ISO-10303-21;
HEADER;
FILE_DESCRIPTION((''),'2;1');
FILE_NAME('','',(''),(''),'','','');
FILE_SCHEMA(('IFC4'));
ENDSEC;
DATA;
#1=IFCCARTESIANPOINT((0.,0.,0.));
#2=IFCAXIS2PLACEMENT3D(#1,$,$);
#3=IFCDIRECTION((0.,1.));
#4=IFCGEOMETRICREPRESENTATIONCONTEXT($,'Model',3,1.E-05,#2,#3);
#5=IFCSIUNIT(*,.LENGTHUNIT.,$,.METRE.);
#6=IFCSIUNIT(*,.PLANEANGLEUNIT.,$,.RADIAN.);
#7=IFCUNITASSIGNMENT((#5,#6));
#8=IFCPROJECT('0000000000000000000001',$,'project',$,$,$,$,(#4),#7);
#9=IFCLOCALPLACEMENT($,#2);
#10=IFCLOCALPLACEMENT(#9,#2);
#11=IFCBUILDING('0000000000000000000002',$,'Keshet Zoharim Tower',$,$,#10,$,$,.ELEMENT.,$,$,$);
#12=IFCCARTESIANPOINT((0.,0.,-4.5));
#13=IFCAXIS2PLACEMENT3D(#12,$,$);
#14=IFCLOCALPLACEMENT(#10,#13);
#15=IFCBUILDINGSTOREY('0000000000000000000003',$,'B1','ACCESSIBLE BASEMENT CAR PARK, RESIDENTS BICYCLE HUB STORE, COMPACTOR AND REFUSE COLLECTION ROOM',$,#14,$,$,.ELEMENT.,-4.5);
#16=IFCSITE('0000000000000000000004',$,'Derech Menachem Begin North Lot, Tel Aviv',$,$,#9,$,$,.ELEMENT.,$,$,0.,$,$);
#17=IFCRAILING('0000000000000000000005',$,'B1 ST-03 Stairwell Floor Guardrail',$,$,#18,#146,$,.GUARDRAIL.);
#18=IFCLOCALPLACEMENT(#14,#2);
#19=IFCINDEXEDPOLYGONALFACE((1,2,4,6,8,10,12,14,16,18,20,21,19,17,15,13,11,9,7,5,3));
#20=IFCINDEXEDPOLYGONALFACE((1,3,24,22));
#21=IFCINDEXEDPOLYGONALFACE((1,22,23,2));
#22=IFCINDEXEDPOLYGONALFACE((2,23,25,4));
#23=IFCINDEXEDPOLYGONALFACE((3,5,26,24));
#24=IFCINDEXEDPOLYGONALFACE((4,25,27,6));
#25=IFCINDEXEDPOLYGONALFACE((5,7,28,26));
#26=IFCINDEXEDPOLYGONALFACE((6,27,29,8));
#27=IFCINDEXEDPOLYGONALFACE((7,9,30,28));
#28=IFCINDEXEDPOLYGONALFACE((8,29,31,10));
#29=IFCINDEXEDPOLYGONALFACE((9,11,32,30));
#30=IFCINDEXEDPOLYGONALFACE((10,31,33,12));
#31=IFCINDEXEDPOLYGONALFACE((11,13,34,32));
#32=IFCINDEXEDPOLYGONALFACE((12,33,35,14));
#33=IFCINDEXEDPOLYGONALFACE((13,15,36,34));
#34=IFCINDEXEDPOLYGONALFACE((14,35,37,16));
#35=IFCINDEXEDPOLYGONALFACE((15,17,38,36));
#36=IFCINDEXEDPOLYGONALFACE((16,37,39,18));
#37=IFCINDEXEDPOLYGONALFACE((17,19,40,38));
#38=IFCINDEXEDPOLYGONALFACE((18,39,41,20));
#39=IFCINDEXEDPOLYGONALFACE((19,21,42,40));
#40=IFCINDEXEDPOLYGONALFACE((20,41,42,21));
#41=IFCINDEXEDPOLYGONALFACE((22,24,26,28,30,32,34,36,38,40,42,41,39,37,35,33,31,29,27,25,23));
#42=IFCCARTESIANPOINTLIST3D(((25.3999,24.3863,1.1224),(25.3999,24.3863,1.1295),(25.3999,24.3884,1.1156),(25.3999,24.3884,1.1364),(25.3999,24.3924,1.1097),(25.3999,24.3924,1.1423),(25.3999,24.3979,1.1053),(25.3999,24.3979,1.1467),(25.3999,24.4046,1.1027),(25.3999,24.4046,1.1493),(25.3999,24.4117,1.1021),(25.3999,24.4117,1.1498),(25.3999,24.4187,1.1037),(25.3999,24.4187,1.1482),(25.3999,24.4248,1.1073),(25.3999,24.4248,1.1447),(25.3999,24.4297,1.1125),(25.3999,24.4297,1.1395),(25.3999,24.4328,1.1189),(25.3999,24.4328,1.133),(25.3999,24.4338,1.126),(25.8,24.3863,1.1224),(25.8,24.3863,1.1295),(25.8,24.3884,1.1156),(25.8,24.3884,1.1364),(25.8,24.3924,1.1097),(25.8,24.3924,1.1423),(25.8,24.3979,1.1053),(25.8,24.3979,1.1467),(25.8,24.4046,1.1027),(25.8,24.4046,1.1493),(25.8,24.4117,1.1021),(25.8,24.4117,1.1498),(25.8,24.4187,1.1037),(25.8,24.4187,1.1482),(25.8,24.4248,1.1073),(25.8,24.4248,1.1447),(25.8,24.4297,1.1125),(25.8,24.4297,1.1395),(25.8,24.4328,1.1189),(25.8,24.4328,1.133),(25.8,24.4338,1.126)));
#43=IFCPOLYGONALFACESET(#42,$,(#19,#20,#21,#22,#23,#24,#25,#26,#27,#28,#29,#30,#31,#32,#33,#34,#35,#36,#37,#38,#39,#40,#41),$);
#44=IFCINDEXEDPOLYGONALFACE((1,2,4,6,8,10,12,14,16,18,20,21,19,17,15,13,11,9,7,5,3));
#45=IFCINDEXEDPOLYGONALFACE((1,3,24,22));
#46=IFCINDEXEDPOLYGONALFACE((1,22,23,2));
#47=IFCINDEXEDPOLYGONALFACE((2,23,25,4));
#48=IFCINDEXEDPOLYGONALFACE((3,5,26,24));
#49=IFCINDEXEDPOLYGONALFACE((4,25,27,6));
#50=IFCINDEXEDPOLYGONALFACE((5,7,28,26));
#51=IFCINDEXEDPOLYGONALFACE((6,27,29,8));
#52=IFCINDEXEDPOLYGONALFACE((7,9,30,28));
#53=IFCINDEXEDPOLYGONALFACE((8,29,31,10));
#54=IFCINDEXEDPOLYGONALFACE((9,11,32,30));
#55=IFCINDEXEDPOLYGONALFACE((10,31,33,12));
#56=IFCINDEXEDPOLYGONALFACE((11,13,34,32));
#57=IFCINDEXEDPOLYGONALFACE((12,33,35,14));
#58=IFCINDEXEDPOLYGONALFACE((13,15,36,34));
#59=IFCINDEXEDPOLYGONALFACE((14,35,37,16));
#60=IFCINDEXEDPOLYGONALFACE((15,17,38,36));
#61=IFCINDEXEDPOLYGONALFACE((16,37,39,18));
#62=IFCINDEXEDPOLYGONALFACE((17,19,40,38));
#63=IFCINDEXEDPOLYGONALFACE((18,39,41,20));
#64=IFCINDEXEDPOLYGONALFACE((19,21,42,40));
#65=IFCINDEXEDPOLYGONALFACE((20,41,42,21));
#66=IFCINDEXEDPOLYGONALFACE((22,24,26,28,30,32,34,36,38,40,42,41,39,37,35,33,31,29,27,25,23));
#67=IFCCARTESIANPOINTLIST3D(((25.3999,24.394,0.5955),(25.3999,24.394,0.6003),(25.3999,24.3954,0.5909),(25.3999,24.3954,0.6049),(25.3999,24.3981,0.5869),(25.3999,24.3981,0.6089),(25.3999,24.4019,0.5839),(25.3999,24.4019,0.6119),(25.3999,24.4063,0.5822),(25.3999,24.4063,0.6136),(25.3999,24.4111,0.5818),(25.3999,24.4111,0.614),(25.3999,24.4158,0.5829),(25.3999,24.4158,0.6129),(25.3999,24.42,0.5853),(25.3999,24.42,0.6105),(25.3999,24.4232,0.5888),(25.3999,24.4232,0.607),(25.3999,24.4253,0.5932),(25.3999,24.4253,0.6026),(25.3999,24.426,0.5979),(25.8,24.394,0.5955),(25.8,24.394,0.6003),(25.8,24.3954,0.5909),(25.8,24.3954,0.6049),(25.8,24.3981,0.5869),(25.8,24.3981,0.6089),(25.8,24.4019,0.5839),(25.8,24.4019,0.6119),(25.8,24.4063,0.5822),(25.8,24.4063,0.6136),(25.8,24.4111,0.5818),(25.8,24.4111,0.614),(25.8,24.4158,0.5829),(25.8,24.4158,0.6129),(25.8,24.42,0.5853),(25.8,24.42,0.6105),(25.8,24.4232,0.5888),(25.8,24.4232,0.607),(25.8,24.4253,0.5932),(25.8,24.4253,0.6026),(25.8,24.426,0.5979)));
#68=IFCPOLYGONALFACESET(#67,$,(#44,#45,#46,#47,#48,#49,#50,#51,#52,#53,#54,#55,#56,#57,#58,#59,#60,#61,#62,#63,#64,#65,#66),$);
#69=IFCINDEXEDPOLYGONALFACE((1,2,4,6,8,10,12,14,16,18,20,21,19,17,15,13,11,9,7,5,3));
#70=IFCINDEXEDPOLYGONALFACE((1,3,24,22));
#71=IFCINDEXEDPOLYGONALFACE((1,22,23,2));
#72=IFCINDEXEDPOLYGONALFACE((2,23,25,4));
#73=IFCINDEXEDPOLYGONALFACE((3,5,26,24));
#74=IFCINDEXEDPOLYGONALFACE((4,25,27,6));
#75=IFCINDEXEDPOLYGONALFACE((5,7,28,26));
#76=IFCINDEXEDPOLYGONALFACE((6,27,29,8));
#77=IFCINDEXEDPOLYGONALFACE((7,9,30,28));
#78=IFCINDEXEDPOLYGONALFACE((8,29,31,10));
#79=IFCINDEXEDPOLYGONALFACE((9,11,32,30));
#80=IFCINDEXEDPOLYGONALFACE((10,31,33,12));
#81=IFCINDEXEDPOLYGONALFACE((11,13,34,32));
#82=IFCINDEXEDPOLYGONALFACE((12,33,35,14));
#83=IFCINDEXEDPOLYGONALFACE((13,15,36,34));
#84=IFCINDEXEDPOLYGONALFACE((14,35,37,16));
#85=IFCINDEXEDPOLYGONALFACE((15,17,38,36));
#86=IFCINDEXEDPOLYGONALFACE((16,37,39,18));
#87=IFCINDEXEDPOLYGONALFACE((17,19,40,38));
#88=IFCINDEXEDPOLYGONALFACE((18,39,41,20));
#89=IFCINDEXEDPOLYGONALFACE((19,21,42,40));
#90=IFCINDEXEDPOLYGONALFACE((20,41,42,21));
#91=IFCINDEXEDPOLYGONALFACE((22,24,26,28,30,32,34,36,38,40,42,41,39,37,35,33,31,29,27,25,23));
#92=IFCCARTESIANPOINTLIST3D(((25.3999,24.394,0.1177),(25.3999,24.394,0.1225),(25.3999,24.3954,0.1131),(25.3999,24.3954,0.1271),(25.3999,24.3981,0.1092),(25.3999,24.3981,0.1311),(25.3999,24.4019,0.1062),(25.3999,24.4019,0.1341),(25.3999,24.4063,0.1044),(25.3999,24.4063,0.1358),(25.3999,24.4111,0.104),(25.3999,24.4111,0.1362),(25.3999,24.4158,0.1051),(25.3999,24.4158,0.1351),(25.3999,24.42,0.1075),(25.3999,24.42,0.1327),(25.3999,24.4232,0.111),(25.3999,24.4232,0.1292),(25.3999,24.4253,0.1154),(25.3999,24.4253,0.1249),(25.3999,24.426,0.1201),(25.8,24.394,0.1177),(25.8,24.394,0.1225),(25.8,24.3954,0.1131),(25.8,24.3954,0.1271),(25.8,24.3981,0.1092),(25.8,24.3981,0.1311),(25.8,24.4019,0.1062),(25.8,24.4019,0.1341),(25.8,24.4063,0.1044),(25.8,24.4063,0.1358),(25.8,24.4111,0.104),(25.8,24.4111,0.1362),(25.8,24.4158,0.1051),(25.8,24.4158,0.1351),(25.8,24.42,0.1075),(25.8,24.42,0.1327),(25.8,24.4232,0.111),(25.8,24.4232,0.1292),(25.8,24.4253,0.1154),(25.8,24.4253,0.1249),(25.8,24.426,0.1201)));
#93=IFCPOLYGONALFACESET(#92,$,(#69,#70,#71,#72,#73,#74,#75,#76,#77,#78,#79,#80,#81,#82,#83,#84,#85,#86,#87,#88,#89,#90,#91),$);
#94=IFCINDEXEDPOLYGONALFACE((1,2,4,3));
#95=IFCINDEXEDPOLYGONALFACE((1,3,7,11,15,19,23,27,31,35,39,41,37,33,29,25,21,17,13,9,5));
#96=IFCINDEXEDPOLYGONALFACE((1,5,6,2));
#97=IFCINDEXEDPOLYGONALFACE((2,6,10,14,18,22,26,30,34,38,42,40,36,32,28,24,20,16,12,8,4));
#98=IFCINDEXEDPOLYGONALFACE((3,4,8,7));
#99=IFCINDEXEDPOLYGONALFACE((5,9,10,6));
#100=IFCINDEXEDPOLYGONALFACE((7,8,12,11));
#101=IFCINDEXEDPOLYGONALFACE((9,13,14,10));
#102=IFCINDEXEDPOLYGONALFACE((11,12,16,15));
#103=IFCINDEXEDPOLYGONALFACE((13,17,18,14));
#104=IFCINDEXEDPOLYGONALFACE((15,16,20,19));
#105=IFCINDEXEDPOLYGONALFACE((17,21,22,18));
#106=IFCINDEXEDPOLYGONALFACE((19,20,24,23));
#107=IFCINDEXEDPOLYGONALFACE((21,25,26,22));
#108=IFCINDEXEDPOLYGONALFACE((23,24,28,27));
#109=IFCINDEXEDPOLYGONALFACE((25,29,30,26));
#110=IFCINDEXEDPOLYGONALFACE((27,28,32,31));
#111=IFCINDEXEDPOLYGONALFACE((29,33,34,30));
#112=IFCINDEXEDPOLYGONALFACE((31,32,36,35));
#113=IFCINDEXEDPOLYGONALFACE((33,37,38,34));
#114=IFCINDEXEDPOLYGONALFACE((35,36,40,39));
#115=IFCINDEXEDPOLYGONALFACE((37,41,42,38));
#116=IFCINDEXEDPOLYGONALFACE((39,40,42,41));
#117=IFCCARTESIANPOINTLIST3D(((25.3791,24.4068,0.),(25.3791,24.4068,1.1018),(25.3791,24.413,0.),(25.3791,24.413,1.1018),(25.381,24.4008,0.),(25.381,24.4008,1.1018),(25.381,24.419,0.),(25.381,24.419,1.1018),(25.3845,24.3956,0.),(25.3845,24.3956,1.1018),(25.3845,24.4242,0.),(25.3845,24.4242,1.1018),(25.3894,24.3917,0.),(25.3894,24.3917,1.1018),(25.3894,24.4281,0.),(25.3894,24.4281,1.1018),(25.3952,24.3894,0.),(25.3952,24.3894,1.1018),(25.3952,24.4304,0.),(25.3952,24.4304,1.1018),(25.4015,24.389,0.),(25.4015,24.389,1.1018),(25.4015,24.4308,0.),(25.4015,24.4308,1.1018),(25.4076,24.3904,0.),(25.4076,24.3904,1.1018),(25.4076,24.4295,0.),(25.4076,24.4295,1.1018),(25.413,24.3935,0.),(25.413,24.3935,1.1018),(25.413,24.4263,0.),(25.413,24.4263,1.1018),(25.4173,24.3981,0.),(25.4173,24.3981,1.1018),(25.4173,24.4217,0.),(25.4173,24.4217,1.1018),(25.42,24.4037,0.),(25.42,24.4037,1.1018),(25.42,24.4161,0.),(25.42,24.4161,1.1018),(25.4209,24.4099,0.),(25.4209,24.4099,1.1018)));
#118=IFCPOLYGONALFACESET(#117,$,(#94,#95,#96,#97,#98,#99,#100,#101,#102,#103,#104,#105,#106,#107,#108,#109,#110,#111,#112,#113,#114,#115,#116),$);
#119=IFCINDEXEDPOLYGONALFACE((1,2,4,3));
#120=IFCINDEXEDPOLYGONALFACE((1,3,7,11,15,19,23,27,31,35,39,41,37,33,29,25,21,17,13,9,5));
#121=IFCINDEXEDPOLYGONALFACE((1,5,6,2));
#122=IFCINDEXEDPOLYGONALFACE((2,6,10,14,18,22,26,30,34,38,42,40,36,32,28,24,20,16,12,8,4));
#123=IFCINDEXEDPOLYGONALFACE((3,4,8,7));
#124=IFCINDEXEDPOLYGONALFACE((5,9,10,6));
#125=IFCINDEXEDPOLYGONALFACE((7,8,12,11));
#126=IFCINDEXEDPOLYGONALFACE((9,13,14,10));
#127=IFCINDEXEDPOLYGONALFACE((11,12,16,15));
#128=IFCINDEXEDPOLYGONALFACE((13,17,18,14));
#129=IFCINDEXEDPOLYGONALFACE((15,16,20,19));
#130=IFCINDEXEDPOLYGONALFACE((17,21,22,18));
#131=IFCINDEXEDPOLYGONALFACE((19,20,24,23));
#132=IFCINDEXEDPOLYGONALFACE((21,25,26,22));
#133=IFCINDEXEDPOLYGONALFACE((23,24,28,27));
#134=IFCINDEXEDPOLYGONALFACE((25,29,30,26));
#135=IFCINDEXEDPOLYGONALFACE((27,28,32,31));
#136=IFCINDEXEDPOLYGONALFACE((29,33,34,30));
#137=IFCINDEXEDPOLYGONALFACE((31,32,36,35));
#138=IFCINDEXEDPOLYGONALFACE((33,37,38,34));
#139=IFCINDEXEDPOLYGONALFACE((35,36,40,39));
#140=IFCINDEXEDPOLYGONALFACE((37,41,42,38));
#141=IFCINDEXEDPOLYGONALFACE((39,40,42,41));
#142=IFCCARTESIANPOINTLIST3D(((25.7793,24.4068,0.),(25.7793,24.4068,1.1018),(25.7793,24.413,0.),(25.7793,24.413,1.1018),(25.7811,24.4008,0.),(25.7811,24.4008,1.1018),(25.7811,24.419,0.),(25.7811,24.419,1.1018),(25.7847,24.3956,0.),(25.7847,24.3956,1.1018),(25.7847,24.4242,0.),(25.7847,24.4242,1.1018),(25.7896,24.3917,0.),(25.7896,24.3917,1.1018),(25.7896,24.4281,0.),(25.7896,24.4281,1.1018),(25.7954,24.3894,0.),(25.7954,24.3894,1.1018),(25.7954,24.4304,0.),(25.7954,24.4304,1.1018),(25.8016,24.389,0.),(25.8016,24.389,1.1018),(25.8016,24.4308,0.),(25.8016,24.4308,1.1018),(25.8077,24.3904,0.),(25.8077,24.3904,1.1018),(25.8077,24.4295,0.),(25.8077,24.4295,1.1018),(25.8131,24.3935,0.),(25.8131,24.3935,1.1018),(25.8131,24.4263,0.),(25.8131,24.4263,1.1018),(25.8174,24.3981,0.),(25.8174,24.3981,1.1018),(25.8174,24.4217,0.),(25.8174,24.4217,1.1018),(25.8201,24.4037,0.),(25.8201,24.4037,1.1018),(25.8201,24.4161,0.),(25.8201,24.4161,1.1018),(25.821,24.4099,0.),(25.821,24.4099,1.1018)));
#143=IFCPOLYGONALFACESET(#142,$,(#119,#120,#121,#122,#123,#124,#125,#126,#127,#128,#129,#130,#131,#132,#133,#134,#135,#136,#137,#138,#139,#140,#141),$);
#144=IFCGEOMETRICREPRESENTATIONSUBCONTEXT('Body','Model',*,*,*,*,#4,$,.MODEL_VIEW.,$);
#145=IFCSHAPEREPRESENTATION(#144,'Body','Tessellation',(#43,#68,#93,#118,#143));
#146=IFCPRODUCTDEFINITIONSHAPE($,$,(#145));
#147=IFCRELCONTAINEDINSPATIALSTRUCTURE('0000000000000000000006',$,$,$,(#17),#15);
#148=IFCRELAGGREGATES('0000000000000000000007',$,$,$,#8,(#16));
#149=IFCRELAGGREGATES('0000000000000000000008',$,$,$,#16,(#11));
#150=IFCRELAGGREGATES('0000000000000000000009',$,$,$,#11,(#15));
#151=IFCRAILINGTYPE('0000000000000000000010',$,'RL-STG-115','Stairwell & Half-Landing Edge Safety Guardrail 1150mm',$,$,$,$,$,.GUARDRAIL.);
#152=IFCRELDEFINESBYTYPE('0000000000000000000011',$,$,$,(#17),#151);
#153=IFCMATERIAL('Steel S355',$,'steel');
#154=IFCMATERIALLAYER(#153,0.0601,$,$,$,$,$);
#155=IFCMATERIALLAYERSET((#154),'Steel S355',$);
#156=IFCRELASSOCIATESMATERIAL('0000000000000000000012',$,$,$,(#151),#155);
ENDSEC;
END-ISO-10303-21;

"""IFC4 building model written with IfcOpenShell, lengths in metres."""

from ifc_helpers import new_model, si_unit, direction, frame, origin, origin_2d, place, context, subcontext, project, spatial, circle, extrude, material, layer, layer_set, type_object, element, save


model = new_model("IFC4")

# Units and contexts
model_context = context("Model", 3, precision=1e-05, world=origin(), true_north=direction((0.0, 1.0)))
body_context = subcontext(model_context, "Body", "Model", "MODEL_VIEW")
ifc_project = project(units=[si_unit("LENGTHUNIT", "METRE"), si_unit("PLANEANGLEUNIT", "RADIAN")], contexts=[model_context])

# Site, building, storey
site_placement = place(None, origin())
site = spatial("IfcSite", under=ifc_project, at=site_placement, Name="Derech Menachem Begin North Lot, Tel Aviv", CompositionType="ELEMENT", RefElevation=0.0)
building_placement = place(site_placement, origin())
building = spatial("IfcBuilding", under=site, at=building_placement, Name="Keshet Zoharim Tower", CompositionType="ELEMENT")
storey_placement = place(building_placement, frame((0.0, 0.0, -4.5)))
storey = spatial("IfcBuildingStorey", under=building, at=storey_placement, Name="B1", Description="ACCESSIBLE BASEMENT CAR PARK, RESIDENTS BICYCLE HUB STORE, COMPACTOR AND REFUSE COLLECTION ROOM", CompositionType="ELEMENT", Elevation=-4.5)

# Shared definitions
ifc_material_1 = material(Name="Steel S355", Category="steel")

# Railing
ifc_layer_1 = layer(ifc_material_1, 0.0601)
ifc_layer_set_1 = layer_set([ifc_layer_1], Name="Steel S355")
railing_type_1 = type_object("IfcRailingType", Name="RL-STG-115", Description="Stairwell & Half-Landing Edge Safety Guardrail 1150mm", PredefinedType="GUARDRAIL", material=ifc_layer_set_1)
railing_1_placement = place(storey_placement, frame((25.3999, 24.4099, 0.0)))
element("IfcRailing", 1, at=railing_1_placement, inside=storey, type_object=railing_type_1, Name="B1 ST-03 Stairwell Floor Guardrail", PredefinedType="GUARDRAIL", context=body_context, shape_type="SweptSolid", body=[
    extrude(circle(Radius=0.0239, at=origin_2d()), frame((0.0, 0.0, 1.126), z_axis=(1.0, 0.0, 0.0), x_axis=(0.0, 1.0, 0.0)), (0.0, 0.0, 1.0), 0.4001),
    extrude(circle(Radius=0.0161, at=origin_2d()), frame((0.0, 0.0, 0.5979), z_axis=(1.0, 0.0, 0.0), x_axis=(0.0, 1.0, 0.0)), (0.0, 0.0, 1.0), 0.4001),
    extrude(circle(Radius=0.0161, at=origin_2d()), frame((0.0, 0.0, 0.1201), z_axis=(1.0, 0.0, 0.0), x_axis=(0.0, 1.0, 0.0)), (0.0, 0.0, 1.0), 0.4001),
    extrude(circle(Radius=0.021, at=origin_2d()), origin(), (0.0, 0.0, 1.0), 1.1018),
    extrude(circle(Radius=0.021, at=origin_2d()), frame((0.4001, 0.0, 0.0)), (0.0, 0.0, 1.0), 1.1018),
])

save(model, "model.ifc")
